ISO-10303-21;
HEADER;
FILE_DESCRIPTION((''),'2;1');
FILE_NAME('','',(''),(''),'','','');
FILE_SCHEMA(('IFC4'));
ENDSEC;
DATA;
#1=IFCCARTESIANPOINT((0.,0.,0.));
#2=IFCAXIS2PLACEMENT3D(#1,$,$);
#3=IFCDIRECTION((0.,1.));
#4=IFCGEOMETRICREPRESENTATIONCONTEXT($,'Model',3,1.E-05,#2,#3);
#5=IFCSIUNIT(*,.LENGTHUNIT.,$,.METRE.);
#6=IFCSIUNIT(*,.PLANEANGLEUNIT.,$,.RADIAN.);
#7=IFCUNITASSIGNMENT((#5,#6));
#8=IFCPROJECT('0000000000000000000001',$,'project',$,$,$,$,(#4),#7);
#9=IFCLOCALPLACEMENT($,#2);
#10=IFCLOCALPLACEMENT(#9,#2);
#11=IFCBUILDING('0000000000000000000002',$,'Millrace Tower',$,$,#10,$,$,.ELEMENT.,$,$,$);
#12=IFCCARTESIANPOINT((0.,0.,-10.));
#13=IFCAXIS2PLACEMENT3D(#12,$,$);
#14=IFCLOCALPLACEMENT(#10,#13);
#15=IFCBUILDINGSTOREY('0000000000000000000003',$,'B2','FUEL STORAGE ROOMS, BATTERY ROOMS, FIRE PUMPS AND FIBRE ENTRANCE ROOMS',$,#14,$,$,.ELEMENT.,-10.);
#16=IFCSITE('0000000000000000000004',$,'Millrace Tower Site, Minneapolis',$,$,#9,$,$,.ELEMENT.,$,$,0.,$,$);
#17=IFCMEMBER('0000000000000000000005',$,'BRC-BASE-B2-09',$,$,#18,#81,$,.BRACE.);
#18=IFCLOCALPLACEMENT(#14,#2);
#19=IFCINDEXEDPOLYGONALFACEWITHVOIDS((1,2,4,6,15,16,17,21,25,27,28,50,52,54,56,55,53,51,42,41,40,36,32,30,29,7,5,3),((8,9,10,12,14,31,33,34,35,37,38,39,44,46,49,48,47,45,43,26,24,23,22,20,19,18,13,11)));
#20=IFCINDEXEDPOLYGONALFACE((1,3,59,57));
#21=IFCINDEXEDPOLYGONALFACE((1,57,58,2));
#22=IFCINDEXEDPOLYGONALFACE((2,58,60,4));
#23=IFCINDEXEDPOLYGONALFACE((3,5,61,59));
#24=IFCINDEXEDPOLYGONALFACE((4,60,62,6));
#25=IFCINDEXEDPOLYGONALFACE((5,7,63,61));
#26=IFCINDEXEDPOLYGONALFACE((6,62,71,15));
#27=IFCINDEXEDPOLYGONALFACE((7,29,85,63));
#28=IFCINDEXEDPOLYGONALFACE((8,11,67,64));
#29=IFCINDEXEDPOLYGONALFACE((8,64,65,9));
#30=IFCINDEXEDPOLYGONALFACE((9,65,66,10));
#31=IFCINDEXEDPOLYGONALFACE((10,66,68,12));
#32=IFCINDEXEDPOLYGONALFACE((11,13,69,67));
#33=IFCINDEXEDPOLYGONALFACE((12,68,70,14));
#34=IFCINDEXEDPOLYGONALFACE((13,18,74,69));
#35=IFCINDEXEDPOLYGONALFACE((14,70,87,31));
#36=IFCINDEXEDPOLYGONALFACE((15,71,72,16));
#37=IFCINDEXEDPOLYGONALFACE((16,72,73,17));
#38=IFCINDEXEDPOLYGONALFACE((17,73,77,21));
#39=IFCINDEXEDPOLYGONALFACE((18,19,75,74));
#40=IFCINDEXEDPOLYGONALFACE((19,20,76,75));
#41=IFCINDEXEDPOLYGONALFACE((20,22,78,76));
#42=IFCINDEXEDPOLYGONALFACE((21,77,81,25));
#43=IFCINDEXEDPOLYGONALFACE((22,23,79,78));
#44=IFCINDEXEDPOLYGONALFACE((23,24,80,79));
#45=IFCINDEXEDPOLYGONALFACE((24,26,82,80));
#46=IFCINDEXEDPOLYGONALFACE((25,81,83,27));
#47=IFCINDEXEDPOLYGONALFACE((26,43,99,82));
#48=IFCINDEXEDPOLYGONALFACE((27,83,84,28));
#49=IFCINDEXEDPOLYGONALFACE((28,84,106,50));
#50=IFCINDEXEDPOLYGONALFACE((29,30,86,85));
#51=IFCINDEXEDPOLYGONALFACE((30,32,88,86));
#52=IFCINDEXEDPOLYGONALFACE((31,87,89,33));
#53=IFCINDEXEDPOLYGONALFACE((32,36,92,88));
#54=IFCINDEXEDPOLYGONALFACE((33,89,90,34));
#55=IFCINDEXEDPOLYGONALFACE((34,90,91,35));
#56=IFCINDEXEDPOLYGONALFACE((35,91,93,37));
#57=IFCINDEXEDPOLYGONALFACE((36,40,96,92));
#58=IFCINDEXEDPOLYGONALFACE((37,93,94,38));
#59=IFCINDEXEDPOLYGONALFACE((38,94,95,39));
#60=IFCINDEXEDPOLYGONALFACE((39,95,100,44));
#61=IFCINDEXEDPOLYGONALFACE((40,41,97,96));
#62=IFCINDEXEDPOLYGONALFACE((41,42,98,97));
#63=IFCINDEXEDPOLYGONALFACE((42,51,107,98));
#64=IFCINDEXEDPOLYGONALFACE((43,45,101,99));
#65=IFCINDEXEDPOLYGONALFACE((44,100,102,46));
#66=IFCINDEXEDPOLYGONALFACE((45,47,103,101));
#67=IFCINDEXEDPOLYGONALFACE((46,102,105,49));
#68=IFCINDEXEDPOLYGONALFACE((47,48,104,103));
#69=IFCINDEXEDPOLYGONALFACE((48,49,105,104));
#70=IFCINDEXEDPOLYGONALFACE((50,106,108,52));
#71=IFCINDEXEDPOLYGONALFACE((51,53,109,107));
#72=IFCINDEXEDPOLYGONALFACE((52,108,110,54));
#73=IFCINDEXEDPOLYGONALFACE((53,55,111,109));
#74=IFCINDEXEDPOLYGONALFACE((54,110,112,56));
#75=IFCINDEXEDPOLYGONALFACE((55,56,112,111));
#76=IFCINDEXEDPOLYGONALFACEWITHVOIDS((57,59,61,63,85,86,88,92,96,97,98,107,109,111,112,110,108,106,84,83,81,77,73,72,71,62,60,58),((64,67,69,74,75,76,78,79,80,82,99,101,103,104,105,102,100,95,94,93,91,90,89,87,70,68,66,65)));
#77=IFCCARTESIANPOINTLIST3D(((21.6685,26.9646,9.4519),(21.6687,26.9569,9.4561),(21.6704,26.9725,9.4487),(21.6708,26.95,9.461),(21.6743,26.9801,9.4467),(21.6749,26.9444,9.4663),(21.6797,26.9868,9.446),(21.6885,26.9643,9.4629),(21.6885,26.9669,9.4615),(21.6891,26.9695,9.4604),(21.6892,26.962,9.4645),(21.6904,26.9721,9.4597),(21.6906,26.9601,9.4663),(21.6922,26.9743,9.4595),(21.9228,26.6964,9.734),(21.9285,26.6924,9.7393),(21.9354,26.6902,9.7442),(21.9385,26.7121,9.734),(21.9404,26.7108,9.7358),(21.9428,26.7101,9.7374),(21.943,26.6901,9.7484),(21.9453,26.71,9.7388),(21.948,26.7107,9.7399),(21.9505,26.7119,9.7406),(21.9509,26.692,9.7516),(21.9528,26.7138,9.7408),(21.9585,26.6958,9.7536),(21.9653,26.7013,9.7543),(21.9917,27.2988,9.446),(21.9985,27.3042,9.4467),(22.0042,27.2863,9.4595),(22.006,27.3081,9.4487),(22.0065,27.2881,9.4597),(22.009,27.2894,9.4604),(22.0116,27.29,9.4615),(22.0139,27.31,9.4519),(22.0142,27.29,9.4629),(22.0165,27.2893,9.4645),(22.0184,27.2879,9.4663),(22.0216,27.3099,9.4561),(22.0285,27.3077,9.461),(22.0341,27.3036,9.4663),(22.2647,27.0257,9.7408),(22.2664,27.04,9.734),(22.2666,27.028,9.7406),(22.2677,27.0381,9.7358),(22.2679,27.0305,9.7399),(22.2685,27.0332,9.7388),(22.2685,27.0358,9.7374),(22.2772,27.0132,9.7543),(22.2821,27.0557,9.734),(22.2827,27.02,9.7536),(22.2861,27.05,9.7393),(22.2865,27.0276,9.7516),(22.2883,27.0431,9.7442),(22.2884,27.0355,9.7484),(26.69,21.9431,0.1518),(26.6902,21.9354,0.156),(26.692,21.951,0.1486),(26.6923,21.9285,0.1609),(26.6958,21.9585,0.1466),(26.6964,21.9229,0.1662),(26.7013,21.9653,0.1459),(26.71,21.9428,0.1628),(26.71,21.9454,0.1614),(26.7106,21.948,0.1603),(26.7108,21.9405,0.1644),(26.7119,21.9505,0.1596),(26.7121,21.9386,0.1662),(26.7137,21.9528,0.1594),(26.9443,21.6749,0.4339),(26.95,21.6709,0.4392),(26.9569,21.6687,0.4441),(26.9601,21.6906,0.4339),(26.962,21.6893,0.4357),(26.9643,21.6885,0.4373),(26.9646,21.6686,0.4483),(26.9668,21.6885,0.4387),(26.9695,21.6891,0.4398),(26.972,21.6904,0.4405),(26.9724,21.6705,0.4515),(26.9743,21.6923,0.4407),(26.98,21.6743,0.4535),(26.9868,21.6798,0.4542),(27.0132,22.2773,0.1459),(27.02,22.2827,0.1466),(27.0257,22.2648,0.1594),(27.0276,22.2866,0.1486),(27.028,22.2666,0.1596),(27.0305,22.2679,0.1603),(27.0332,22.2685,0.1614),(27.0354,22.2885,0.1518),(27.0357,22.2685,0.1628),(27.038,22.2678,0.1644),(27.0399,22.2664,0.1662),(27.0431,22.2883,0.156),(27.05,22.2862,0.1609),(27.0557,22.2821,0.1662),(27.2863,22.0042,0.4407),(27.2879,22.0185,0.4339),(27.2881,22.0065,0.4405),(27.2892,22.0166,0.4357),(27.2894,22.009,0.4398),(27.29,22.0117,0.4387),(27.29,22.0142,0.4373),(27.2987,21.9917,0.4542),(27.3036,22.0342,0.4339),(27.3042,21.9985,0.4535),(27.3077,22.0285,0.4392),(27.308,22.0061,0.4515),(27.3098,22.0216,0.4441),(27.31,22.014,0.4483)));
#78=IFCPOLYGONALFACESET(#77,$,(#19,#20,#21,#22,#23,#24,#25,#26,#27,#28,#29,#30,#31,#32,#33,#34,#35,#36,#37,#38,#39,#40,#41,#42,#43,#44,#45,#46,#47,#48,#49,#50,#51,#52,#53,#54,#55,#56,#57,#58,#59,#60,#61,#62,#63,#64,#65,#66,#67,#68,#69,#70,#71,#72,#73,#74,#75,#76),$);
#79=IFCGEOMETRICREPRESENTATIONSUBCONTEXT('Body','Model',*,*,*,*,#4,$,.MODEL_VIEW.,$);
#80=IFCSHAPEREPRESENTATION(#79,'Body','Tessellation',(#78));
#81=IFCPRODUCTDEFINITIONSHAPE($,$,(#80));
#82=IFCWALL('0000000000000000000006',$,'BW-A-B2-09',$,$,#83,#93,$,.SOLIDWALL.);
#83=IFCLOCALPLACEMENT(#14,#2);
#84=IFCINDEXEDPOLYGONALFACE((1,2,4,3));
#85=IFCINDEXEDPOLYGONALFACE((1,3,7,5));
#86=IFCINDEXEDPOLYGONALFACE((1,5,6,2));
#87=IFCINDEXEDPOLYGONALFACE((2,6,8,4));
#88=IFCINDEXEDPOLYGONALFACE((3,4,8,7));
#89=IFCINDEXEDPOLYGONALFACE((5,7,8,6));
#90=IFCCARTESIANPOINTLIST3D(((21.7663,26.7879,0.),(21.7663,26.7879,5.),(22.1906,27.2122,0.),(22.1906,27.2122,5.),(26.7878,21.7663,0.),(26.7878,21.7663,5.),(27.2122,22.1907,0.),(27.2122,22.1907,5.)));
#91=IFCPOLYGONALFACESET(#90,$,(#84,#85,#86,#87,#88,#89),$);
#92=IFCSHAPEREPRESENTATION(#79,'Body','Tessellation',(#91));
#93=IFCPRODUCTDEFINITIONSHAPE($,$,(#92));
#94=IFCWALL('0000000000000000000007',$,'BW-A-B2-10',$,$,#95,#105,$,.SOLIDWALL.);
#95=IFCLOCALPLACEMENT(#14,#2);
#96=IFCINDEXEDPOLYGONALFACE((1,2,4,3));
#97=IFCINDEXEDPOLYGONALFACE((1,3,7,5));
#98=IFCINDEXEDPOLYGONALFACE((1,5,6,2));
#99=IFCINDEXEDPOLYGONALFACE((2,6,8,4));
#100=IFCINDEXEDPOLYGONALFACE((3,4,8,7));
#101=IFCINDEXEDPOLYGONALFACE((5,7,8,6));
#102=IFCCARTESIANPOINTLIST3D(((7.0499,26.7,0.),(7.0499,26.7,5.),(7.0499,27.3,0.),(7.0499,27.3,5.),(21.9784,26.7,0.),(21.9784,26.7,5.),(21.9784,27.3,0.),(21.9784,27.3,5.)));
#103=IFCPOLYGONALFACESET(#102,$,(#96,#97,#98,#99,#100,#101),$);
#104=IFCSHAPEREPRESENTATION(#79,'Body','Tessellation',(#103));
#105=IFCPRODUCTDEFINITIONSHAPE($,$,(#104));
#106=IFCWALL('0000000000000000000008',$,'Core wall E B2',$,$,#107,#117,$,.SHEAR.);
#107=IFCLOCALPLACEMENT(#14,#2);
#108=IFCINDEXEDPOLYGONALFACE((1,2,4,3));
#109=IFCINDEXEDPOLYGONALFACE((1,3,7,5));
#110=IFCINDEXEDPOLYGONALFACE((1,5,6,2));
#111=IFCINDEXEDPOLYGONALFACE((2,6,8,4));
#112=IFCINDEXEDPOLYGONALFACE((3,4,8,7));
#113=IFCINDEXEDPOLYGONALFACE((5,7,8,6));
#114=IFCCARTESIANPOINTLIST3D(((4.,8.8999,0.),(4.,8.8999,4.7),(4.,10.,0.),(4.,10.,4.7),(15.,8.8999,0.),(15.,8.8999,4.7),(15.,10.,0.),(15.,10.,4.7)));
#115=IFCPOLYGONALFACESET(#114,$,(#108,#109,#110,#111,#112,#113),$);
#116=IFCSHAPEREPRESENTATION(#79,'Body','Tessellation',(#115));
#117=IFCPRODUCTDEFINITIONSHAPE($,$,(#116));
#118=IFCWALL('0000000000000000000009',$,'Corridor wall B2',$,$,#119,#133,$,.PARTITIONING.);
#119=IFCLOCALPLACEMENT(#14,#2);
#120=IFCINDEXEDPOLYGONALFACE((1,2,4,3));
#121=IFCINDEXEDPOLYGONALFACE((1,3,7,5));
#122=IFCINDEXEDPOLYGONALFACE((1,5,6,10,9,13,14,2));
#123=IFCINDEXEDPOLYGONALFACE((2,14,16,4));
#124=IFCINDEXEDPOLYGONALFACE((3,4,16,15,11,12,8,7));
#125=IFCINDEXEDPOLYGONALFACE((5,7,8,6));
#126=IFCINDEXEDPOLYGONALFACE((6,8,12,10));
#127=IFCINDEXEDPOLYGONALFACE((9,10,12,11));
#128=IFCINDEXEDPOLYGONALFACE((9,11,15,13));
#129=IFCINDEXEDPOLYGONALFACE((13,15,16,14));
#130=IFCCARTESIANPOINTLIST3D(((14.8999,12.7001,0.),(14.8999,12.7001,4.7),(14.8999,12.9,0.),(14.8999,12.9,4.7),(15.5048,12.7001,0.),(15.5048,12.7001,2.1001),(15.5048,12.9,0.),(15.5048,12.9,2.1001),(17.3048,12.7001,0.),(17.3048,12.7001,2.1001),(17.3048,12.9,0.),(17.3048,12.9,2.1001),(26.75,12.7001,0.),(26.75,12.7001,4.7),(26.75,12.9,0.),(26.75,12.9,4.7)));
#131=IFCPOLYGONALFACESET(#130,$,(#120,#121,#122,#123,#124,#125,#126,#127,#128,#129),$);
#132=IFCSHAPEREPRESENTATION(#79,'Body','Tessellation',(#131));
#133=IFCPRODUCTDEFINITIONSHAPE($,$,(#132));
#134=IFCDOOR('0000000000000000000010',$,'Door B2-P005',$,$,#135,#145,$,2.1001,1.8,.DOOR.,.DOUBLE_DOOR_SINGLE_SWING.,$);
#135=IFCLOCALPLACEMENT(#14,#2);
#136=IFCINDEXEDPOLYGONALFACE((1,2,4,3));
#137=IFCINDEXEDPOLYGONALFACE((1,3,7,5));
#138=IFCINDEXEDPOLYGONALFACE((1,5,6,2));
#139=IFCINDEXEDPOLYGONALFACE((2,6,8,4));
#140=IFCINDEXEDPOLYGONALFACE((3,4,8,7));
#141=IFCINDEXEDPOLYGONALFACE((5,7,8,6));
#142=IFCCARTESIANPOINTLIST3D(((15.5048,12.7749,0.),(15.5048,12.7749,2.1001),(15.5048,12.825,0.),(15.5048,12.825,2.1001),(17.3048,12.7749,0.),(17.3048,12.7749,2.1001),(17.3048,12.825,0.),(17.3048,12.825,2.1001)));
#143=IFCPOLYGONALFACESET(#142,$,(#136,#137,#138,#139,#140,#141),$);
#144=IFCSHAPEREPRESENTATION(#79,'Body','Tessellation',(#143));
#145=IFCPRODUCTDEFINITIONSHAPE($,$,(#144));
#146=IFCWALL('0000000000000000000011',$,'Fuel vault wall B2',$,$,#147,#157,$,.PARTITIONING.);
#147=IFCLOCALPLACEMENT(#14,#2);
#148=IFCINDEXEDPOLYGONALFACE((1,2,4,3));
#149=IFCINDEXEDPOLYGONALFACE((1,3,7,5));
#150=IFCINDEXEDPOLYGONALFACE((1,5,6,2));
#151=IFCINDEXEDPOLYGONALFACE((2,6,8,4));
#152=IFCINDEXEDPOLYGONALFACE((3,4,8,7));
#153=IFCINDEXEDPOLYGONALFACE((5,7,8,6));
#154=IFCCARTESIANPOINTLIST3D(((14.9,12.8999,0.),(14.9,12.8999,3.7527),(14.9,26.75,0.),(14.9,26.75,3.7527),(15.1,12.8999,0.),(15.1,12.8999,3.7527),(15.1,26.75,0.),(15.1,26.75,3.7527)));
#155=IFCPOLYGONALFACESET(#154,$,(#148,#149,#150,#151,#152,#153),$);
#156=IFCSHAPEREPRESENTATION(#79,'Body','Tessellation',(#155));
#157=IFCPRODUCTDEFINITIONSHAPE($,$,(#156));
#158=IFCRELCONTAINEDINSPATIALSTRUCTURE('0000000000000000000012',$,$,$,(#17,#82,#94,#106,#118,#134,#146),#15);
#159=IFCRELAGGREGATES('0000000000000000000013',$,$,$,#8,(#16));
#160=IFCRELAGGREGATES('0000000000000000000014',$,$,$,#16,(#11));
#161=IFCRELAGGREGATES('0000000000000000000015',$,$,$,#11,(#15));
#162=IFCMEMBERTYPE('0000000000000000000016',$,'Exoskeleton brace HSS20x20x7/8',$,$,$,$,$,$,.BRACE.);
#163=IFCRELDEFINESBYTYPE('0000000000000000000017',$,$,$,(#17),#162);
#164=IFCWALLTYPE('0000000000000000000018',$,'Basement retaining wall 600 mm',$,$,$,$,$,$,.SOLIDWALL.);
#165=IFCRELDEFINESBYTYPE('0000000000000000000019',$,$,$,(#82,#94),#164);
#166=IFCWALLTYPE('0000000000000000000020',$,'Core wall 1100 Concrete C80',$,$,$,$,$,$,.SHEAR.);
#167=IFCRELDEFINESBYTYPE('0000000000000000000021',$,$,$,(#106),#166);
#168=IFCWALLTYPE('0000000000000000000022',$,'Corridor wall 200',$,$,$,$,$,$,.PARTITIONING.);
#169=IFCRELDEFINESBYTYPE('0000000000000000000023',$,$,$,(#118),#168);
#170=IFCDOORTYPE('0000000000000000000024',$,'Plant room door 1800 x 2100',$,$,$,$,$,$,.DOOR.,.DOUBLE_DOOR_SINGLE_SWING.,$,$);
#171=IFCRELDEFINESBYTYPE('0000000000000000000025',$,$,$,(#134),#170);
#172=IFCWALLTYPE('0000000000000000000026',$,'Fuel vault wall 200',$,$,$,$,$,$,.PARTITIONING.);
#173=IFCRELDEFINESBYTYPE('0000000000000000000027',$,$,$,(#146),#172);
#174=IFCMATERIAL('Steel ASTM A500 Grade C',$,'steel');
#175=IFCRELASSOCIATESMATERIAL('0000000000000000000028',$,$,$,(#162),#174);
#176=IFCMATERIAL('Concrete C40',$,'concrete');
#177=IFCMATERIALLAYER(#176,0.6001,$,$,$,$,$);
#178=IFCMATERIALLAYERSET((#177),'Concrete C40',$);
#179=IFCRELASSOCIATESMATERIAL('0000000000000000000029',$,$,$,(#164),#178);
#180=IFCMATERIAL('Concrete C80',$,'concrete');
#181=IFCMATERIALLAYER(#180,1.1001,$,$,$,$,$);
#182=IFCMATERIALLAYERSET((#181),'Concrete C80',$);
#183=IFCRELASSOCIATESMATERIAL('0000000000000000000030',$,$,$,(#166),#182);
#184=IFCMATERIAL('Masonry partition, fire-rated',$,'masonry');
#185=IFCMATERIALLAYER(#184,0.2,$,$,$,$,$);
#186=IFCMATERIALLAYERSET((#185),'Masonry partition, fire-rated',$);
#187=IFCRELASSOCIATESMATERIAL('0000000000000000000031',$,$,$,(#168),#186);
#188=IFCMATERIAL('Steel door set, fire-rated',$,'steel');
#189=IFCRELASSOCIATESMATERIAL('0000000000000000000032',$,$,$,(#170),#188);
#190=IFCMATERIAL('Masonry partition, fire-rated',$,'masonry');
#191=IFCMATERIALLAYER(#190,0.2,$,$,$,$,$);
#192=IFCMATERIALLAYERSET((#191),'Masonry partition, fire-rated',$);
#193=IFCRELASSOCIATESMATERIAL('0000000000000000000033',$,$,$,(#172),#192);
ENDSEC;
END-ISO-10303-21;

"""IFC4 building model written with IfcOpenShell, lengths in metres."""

from ifc_helpers import new_model, si_unit, direction, frame, frame_2d, origin, origin_2d, place, context, subcontext, project, spatial, rectangle, hollow_rectangle, extrude, material, layer, layer_set, material_profile, profile_set, type_object, element, fill, save


model = new_model("IFC4")

# Units and contexts
model_context = context("Model", 3, precision=1e-05, world=origin(), true_north=direction((0.0, 1.0)))
body_context = subcontext(model_context, "Body", "Model", "MODEL_VIEW")
ifc_project = project(units=[si_unit("LENGTHUNIT", "METRE"), si_unit("PLANEANGLEUNIT", "RADIAN")], contexts=[model_context])

# Site, building, storey
site_placement = place(None, origin())
site = spatial("IfcSite", under=ifc_project, at=site_placement, Name="Millrace Tower Site, Minneapolis", CompositionType="ELEMENT", RefElevation=0.0)
building_placement = place(site_placement, origin())
building = spatial("IfcBuilding", under=site, at=building_placement, Name="Millrace Tower", CompositionType="ELEMENT")
storey_placement = place(building_placement, frame((0.0, 0.0, -10.0)))
storey = spatial("IfcBuildingStorey", under=building, at=storey_placement, Name="B2", Description="FUEL STORAGE ROOMS, BATTERY ROOMS, FIRE PUMPS AND FIBRE ENTRANCE ROOMS", CompositionType="ELEMENT", Elevation=-10.0)

# Member
ifc_material_1 = material(Name="Steel ASTM A500 Grade C", Category="steel")
ifc_material_profile_1 = material_profile(ifc_material_1, hollow_rectangle(XDim=0.5081, YDim=0.5081, WallThickness=0.0222, InnerFilletRadius=0.0112, OuterFilletRadius=0.0334, at=origin_2d()))
ifc_profile_set_1 = profile_set([ifc_material_profile_1], Name="Steel ASTM A500 Grade C")
member_type = type_object("IfcMemberType", Name="Exoskeleton brace HSS20x20x7/8", PredefinedType="BRACE", material=ifc_profile_set_1)
member_1_placement = place(storey_placement, frame((27.0, 21.9785, 0.3), z_axis=(-0.429137, 0.429137, 0.794784), x_axis=(-0.707107, -0.707107, 0.0)))
element("IfcMember", 1, at=member_1_placement, inside=storey, type_object=member_type, Name="BRC-BASE-B2-09", PredefinedType="BRACE", context=body_context, shape_type="SweptSolid", body=[
    extrude(hollow_rectangle(XDim=0.5081, YDim=0.5081, WallThickness=0.0222, InnerFilletRadius=0.0112, OuterFilletRadius=0.0334, at=origin_2d()), origin(), (0.0, 0.0, 1.0), 11.7014),
])

# Walls
ifc_material_2 = material(Name="Concrete C40", Category="concrete")
ifc_layer_1 = layer(ifc_material_2, 0.6001)
ifc_layer_set_1 = layer_set([ifc_layer_1], Name="Concrete C40")
wall_type_1 = type_object("IfcWallType", Name="Basement retaining wall 600 mm", PredefinedType="SOLIDWALL", material=ifc_layer_set_1)
wall_1_placement = place(storey_placement, frame((27.0, 21.9785, 0.0), z_axis=(0.0, 0.0, 1.0), x_axis=(-0.707107, 0.707107, 0.0)))
element("IfcWall", 2, at=wall_1_placement, inside=storey, type_object=wall_type_1, Name="BW-A-B2-09", PredefinedType="SOLIDWALL", context=body_context, shape_type="SweptSolid", body=[
    extrude(rectangle(XDim=7.1016, YDim=0.6001, at=frame_2d((3.5508, 0.0))), origin(), (0.0, 0.0, 1.0), 5.0),
])
wall_2_placement = place(storey_placement, frame((21.9785, 27.0, 0.0), z_axis=(0.0, 0.0, 1.0), x_axis=(-1.0, 0.0, 0.0)))
element("IfcWall", 3, at=wall_2_placement, inside=storey, type_object=wall_type_1, Name="BW-A-B2-10", PredefinedType="SOLIDWALL", context=body_context, shape_type="SweptSolid", body=[
    extrude(rectangle(XDim=14.9285, YDim=0.6001, at=frame_2d((7.4644, 0.0))), origin(), (0.0, 0.0, 1.0), 5.0),
])
ifc_material_3 = material(Name="Concrete C80", Category="concrete")
ifc_layer_2 = layer(ifc_material_3, 1.1001)
ifc_layer_set_2 = layer_set([ifc_layer_2], Name="Concrete C80")
wall_type_2 = type_object("IfcWallType", Name="Core wall 1100 Concrete C80", PredefinedType="SHEAR", material=ifc_layer_set_2)
wall_3_placement = place(storey_placement, frame((15.0, 9.45, 0.0), z_axis=(0.0, 0.0, 1.0), x_axis=(-1.0, 0.0, 0.0)))
element("IfcWall", 4, at=wall_3_placement, inside=storey, type_object=wall_type_2, Name="Core wall E B2", PredefinedType="SHEAR", context=body_context, shape_type="SweptSolid", body=[
    extrude(rectangle(XDim=11.0, YDim=1.1001, at=frame_2d((5.5, 0.0))), origin(), (0.0, 0.0, 1.0), 4.7),
])

# Wall, opening, door
ifc_material_4 = material(Name="Masonry partition, fire-rated", Category="masonry")
ifc_layer_3 = layer(ifc_material_4, 0.2)
ifc_layer_set_3 = layer_set([ifc_layer_3], Name="Masonry partition, fire-rated")
wall_type_3 = type_object("IfcWallType", Name="Corridor wall 200", PredefinedType="PARTITIONING", material=ifc_layer_set_3)
wall_4_placement = place(storey_placement, frame((14.8999, 12.8, 0.0), z_axis=(0.0, 0.0, 1.0), x_axis=(1.0, 0.0, 0.0)))
wall_4 = element("IfcWall", 5, at=wall_4_placement, inside=storey, type_object=wall_type_3, Name="Corridor wall B2", PredefinedType="PARTITIONING", context=body_context, shape_type="SweptSolid", body=[
    extrude(rectangle(XDim=11.8501, YDim=0.2, at=frame_2d((5.925, 0.0))), origin(), (0.0, 0.0, 1.0), 4.7),
])
opening_placement = place(wall_4_placement, frame((0.605, 0.0, 0.0)))
opening = element("IfcOpeningElement", 6, at=opening_placement, cuts=wall_4, PredefinedType="OPENING", context=body_context, shape_type="SweptSolid", body=[
    extrude(rectangle(XDim=1.8, YDim=2.1001, at=frame_2d((0.8999, 1.05))), frame((0.0, 0.1099, 0.0), z_axis=(0.0, -1.0, 0.0), x_axis=(1.0, 0.0, 0.0)), (0.0, 0.0, 1.0), 0.22),
])
ifc_material_5 = material(Name="Steel door set, fire-rated", Category="steel")
door_type = type_object("IfcDoorType", Name="Plant room door 1800 x 2100", OperationType="DOUBLE_DOOR_SINGLE_SWING", PredefinedType="DOOR", material=ifc_material_5)
door_placement = place(opening_placement, origin())
door = element("IfcDoor", 7, at=door_placement, inside=storey, type_object=door_type, Name="Door B2-P005", OperationType="DOUBLE_DOOR_SINGLE_SWING", OverallHeight=2.1001, OverallWidth=1.8, PredefinedType="DOOR", context=body_context, shape_type="SweptSolid", body=[
    extrude(rectangle(XDim=1.8, YDim=2.1001, at=frame_2d((0.8999, 1.05))), frame((0.0, 0.0249, 0.0), z_axis=(0.0, -1.0, 0.0), x_axis=(1.0, 0.0, 0.0)), (0.0, 0.0, 1.0), 0.05),
])
fill(opening, door)

# Wall
ifc_material_6 = material(Name="Masonry partition, fire-rated", Category="masonry")
ifc_layer_4 = layer(ifc_material_6, 0.2)
ifc_layer_set_4 = layer_set([ifc_layer_4], Name="Masonry partition, fire-rated")
wall_type_4 = type_object("IfcWallType", Name="Fuel vault wall 200", PredefinedType="PARTITIONING", material=ifc_layer_set_4)
wall_5_placement = place(storey_placement, frame((15.0, 12.8999, 0.0), z_axis=(0.0, 0.0, 1.0), x_axis=(0.0, 1.0, 0.0)))
element("IfcWall", 8, at=wall_5_placement, inside=storey, type_object=wall_type_4, Name="Fuel vault wall B2", PredefinedType="PARTITIONING", context=body_context, shape_type="SweptSolid", body=[
    extrude(rectangle(XDim=13.8501, YDim=0.2, at=frame_2d((6.925, 0.0))), origin(), (0.0, 0.0, 1.0), 3.7527),
])

save(model, "model.ifc")
